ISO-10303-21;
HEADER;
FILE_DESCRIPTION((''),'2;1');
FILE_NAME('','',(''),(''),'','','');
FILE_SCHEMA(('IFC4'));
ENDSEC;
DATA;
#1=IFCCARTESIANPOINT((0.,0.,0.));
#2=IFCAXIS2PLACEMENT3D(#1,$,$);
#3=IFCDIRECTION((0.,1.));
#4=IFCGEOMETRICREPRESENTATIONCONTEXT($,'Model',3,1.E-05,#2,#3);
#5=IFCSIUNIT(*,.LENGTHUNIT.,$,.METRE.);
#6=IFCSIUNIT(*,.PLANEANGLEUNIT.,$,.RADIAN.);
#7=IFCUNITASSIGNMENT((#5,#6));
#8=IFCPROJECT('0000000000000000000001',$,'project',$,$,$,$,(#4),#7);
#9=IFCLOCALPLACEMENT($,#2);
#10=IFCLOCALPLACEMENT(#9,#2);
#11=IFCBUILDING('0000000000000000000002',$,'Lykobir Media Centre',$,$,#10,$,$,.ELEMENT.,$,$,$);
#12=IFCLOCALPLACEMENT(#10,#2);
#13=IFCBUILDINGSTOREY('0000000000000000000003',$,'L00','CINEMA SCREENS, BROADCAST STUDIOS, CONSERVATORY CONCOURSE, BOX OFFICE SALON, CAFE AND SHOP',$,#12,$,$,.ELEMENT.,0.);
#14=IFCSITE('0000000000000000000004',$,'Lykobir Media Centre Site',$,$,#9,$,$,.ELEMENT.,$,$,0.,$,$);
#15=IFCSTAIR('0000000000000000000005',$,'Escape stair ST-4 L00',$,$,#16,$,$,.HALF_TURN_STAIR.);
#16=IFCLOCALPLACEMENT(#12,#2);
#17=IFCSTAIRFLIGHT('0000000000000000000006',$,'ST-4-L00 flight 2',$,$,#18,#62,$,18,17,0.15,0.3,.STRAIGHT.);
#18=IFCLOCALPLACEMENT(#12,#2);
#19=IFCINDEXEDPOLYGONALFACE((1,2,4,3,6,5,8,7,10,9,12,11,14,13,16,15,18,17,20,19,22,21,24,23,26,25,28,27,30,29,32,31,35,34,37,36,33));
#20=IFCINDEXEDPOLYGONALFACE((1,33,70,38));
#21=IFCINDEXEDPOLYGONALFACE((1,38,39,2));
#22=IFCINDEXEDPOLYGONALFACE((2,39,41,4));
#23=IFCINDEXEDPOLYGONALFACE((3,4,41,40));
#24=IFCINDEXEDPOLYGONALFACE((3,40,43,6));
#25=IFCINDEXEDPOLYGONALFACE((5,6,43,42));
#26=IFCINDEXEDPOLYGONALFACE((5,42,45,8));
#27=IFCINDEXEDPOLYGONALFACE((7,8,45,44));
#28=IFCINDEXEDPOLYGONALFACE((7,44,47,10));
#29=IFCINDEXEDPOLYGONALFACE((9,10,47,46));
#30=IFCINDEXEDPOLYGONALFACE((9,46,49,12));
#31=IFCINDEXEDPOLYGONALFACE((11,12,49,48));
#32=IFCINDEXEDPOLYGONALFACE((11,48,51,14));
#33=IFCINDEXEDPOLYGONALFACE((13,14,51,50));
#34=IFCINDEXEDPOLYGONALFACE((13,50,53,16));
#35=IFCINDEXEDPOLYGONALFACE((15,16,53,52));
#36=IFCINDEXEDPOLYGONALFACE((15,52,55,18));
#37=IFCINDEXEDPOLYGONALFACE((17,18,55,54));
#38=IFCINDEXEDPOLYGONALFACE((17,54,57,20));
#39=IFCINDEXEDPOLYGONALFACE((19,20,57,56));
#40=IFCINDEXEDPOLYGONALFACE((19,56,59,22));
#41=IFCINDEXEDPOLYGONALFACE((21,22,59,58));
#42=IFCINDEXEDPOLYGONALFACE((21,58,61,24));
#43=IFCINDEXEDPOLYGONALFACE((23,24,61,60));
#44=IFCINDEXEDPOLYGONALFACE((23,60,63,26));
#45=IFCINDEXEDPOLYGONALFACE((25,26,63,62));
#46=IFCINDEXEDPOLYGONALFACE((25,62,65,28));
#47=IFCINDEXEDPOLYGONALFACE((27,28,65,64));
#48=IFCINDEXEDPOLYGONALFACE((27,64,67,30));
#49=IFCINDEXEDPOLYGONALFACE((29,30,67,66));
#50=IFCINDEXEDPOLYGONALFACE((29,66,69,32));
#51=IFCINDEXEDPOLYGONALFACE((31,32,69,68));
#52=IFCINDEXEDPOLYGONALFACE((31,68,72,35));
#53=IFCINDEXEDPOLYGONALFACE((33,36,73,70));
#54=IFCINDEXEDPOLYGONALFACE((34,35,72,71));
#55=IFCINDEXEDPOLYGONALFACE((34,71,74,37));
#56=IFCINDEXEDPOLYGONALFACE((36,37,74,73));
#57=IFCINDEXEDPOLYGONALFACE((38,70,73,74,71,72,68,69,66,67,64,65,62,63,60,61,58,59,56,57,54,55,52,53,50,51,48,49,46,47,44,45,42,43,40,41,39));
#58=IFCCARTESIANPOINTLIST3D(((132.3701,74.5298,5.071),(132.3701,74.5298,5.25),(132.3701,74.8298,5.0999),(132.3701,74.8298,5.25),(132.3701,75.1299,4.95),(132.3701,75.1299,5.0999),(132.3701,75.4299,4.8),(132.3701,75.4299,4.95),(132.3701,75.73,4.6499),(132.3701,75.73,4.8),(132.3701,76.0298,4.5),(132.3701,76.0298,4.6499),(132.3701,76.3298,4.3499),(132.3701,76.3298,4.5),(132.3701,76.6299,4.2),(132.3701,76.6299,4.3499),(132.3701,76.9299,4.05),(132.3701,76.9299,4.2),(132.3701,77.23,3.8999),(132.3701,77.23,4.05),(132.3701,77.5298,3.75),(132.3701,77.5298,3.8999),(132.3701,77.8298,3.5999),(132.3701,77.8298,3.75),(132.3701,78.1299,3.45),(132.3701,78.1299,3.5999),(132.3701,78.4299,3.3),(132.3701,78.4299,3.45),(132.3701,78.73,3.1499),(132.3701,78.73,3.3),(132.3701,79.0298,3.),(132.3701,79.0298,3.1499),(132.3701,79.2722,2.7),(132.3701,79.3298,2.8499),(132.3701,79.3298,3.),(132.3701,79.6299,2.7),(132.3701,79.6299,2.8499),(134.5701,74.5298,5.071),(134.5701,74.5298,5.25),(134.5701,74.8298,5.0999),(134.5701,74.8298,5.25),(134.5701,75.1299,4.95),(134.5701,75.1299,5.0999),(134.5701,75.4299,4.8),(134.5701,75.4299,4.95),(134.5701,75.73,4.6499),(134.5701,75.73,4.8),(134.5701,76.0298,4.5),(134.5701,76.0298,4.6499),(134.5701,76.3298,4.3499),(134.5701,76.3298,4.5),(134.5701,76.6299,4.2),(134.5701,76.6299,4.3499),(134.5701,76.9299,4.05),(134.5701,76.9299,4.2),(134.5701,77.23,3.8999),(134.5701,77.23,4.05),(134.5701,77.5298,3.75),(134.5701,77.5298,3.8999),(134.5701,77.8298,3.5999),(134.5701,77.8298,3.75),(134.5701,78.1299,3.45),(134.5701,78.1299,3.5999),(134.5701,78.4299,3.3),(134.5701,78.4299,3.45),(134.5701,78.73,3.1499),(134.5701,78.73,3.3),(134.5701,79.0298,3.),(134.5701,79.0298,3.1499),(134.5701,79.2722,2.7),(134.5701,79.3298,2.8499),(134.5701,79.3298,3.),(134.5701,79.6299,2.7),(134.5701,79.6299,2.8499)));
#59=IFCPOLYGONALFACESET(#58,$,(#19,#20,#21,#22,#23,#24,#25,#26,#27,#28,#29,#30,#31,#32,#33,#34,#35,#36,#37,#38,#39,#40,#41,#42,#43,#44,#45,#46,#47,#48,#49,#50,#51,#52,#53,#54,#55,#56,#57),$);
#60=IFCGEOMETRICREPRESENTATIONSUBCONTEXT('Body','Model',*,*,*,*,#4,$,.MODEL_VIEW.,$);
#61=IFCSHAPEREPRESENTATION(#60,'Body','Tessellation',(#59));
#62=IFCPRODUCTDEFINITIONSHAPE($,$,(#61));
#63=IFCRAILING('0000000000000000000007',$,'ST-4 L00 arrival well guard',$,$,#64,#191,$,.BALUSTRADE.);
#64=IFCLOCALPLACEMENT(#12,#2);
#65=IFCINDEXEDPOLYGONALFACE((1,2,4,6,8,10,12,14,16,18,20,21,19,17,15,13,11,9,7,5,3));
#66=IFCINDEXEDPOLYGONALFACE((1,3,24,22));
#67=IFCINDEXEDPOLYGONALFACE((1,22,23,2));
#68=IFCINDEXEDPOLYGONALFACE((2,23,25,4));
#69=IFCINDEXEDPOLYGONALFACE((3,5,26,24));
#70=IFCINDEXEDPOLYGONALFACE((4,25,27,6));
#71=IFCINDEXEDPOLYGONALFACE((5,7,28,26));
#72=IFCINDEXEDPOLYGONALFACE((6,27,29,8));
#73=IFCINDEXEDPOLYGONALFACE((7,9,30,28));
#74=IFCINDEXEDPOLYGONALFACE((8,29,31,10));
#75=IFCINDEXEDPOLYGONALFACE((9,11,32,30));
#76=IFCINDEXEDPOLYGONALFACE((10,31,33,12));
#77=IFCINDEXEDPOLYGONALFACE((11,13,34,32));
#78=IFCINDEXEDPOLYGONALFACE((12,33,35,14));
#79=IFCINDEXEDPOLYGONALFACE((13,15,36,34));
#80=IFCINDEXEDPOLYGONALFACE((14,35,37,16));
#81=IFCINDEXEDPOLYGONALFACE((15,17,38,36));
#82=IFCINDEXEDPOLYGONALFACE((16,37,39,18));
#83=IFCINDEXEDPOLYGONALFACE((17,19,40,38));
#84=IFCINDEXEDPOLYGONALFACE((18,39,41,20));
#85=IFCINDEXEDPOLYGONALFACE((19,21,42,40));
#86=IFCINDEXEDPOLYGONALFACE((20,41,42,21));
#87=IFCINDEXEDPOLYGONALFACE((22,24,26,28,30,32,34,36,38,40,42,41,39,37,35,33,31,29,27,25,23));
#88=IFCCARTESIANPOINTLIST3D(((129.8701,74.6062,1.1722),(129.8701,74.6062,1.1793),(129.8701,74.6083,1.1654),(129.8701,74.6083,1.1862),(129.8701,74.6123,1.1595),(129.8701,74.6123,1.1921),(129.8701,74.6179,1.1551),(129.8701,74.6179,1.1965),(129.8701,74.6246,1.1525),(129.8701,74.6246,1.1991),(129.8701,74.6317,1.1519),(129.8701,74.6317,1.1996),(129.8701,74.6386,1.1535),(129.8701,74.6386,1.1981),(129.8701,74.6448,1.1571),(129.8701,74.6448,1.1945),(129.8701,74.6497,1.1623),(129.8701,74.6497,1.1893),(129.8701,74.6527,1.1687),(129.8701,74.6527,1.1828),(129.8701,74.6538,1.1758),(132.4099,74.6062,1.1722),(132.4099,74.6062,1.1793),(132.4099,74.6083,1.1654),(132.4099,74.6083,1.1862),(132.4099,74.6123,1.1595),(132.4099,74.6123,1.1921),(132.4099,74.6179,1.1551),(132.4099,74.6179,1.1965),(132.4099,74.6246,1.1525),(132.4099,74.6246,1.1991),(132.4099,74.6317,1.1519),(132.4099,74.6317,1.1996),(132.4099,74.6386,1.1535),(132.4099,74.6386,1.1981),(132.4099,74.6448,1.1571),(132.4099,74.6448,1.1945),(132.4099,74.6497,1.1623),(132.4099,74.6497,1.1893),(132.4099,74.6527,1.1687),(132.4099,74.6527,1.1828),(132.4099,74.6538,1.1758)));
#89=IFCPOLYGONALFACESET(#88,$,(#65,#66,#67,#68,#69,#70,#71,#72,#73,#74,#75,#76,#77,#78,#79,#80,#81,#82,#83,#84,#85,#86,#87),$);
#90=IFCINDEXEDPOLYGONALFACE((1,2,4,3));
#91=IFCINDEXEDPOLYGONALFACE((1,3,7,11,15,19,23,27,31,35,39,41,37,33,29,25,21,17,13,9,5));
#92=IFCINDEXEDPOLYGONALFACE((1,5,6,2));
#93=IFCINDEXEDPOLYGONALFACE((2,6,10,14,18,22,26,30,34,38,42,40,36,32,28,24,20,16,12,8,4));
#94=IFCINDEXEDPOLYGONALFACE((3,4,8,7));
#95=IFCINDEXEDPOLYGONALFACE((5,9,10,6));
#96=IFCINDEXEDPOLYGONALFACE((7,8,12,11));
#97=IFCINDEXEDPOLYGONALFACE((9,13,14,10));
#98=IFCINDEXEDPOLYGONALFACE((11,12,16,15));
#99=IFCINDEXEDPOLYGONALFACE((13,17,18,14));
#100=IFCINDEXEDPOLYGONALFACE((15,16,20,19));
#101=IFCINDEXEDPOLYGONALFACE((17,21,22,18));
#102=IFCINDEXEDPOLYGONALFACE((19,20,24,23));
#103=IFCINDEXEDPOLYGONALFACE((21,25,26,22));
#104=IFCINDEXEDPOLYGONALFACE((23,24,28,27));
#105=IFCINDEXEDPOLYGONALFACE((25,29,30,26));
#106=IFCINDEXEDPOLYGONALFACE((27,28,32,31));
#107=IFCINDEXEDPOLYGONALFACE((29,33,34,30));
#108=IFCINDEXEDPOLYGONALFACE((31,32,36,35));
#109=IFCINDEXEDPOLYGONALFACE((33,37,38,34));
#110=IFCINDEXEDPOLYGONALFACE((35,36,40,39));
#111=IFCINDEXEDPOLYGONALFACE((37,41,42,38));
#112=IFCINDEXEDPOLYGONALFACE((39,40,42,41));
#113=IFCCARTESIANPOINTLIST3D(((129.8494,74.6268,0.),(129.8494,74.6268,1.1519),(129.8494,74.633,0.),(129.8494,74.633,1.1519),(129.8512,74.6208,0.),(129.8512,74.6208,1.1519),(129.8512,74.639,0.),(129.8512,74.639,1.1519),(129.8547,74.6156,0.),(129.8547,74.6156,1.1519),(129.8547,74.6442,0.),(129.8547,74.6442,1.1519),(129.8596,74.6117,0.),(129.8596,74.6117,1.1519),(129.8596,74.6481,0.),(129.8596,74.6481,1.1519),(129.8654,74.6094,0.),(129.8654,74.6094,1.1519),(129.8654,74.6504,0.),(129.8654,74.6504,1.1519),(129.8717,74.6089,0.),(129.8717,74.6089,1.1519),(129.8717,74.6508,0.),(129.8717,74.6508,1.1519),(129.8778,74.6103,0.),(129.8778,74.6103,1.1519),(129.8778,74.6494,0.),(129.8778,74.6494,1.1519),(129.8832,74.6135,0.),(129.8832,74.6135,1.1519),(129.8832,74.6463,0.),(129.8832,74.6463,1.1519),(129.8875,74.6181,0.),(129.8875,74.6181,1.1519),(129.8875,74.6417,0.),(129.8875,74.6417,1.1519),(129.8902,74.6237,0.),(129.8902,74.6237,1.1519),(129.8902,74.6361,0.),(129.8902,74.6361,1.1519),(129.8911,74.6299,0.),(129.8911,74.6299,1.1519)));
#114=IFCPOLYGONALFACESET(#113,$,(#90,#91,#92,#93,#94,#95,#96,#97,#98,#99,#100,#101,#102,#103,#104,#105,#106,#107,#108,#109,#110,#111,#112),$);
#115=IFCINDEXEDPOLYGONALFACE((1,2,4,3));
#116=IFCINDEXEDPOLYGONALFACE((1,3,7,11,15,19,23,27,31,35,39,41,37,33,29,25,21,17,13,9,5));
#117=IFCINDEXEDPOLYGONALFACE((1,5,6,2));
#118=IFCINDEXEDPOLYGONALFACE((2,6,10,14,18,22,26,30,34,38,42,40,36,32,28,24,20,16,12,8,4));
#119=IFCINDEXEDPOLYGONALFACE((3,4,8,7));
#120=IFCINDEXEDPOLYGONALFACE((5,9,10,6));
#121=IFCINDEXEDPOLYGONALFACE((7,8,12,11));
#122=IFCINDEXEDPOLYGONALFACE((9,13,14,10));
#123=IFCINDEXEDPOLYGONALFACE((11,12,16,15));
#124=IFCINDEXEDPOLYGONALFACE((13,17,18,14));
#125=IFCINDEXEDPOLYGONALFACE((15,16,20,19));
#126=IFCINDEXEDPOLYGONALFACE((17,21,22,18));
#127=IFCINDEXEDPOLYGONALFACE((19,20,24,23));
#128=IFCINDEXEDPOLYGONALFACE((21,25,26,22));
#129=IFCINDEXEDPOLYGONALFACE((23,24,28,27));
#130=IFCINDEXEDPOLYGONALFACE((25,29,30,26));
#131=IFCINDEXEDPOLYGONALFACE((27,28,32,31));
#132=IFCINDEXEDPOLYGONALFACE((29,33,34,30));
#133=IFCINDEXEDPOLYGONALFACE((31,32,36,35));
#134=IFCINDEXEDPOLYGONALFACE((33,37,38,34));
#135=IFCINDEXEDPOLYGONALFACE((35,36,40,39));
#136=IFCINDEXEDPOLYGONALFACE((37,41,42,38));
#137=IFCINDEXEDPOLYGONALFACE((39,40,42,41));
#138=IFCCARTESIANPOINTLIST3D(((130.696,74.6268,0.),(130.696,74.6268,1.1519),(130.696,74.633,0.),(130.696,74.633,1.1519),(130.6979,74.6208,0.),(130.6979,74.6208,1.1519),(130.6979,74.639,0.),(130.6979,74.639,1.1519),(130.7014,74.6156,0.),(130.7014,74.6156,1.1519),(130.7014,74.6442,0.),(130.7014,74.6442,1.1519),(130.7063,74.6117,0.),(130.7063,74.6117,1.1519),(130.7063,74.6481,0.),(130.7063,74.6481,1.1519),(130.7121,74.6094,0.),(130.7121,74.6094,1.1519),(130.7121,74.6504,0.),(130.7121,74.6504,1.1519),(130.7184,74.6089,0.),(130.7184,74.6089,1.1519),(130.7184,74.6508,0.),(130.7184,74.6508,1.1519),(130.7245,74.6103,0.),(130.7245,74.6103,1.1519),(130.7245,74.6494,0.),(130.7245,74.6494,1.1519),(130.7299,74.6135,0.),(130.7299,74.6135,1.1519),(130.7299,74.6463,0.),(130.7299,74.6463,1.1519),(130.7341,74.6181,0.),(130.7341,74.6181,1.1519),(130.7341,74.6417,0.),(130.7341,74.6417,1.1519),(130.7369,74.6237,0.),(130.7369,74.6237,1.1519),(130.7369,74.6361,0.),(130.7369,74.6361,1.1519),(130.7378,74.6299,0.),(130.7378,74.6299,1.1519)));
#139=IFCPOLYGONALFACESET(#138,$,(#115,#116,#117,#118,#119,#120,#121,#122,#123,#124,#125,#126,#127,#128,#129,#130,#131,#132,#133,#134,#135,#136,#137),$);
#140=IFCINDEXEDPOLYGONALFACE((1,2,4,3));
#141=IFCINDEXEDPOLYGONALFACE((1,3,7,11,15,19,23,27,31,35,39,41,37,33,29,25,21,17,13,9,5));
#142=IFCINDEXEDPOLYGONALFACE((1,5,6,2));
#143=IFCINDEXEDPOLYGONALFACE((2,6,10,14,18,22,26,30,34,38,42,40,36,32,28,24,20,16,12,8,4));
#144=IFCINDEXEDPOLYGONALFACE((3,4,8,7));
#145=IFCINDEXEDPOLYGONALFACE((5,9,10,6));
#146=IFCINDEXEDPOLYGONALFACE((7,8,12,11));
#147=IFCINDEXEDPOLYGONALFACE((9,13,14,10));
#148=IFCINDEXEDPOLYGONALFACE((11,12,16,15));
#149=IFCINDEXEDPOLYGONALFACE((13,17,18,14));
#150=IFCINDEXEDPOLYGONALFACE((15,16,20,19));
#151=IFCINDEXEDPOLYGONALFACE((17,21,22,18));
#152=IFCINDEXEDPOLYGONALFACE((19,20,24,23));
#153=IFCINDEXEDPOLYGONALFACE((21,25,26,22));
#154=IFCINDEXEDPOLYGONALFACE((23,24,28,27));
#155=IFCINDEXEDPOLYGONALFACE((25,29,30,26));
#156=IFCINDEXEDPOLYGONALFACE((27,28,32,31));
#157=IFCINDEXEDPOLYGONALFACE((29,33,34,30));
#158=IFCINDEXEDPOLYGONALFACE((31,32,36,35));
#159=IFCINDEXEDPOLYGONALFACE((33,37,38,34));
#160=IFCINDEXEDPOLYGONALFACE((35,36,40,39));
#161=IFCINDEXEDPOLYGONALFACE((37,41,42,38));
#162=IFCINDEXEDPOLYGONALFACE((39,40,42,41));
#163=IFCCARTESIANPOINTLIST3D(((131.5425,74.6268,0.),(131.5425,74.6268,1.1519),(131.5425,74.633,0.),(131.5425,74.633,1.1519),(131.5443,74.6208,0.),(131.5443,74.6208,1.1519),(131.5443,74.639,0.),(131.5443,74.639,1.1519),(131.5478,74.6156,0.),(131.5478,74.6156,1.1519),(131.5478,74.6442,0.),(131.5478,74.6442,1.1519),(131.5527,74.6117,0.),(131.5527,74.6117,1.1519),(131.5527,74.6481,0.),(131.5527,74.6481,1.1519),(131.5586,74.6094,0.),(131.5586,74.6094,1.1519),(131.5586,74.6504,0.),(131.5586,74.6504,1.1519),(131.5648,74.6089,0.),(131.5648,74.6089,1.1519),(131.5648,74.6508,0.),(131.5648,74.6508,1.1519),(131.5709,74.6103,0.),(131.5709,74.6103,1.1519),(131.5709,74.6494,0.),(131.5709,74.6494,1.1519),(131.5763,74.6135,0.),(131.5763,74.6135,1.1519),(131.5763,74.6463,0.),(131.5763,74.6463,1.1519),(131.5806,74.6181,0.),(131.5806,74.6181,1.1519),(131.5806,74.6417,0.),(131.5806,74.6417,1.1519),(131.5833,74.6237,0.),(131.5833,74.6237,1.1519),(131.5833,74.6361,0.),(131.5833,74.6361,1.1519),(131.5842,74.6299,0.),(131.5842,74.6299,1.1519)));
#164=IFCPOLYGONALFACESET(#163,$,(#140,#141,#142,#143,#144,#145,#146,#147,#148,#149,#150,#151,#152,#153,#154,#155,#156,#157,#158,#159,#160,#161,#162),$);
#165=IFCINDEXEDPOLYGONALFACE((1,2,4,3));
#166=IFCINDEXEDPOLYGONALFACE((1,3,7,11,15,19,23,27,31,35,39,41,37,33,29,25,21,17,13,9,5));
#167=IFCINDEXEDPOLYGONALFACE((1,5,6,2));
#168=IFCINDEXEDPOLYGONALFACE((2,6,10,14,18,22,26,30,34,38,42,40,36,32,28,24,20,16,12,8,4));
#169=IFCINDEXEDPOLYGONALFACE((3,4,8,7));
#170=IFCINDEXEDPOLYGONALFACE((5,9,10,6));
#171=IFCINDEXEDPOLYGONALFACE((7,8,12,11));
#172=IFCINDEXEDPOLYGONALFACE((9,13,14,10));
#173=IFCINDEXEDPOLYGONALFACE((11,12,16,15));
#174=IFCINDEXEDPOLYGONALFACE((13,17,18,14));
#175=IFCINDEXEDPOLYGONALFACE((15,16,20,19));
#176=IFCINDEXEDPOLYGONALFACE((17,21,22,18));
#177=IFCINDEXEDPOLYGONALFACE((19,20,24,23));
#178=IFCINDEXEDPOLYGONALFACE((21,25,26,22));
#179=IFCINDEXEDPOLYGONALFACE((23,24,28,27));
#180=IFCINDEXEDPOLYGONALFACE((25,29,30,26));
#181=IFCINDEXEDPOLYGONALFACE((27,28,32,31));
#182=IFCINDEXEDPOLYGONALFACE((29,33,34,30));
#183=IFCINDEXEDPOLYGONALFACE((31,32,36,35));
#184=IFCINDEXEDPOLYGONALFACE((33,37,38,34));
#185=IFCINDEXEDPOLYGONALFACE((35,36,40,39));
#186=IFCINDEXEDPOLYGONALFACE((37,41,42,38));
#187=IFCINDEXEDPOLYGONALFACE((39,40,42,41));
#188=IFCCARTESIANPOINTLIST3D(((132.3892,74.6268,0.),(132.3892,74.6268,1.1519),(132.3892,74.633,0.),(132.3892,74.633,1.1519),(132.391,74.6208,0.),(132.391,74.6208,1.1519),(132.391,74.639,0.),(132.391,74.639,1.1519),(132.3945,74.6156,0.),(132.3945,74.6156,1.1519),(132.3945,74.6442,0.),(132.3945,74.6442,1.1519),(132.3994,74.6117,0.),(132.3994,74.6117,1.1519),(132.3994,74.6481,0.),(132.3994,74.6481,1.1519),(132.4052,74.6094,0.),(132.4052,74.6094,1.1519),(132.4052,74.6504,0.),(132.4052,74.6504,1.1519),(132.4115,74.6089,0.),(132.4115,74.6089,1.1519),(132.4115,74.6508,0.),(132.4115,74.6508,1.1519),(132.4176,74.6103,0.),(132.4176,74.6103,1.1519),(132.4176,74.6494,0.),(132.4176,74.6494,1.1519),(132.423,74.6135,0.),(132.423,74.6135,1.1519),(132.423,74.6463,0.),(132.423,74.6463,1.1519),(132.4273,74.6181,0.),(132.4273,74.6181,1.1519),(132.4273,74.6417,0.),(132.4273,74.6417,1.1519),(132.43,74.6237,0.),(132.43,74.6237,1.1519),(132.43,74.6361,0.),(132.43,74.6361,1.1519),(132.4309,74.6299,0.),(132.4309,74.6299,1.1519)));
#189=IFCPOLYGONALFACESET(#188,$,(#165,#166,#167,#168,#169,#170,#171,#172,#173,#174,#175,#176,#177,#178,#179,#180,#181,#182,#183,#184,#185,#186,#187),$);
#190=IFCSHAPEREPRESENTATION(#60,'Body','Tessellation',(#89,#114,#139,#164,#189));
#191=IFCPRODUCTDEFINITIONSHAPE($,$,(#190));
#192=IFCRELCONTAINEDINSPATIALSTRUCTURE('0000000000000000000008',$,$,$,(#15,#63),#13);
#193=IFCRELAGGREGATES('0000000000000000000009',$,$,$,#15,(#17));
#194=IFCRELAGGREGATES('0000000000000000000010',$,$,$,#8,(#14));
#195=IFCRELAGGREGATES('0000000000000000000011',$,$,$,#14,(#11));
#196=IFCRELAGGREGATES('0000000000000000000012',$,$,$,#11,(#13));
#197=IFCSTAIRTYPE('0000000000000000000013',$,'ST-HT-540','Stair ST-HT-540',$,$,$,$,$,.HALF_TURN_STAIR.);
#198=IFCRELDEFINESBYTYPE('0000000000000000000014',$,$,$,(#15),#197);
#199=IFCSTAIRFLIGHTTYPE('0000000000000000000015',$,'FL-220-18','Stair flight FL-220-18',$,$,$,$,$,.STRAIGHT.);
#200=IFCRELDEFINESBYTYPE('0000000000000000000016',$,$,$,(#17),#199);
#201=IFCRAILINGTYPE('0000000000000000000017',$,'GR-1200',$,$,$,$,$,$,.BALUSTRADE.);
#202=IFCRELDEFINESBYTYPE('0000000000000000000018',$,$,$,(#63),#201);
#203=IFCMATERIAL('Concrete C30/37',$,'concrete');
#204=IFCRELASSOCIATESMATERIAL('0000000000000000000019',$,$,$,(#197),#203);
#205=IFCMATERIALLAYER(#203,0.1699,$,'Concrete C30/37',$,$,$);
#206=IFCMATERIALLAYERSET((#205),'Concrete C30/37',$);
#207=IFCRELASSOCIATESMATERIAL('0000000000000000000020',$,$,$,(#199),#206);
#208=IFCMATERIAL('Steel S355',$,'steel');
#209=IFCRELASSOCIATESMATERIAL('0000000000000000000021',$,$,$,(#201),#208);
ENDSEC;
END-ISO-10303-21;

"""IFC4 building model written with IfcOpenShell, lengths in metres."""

from ifc_helpers import new_model, si_unit, direction, frame, origin, origin_2d, place, context, subcontext, project, spatial, polyline, circle, outline, extrude, material, layer, layer_set, type_object, element, aggregate, save


model = new_model("IFC4")

# Units and contexts
model_context = context("Model", 3, precision=1e-05, world=origin(), true_north=direction((0.0, 1.0)))
body_context = subcontext(model_context, "Body", "Model", "MODEL_VIEW")
ifc_project = project(units=[si_unit("LENGTHUNIT", "METRE"), si_unit("PLANEANGLEUNIT", "RADIAN")], contexts=[model_context])

# Site, building, storey
site_placement = place(None, origin())
site = spatial("IfcSite", under=ifc_project, at=site_placement, Name="Lykobir Media Centre Site", CompositionType="ELEMENT", RefElevation=0.0)
building_placement = place(site_placement, origin())
building = spatial("IfcBuilding", under=site, at=building_placement, Name="Lykobir Media Centre", CompositionType="ELEMENT")
storey_placement = place(building_placement, origin())
storey = spatial("IfcBuildingStorey", under=building, at=storey_placement, Name="L00", Description="CINEMA SCREENS, BROADCAST STUDIOS, CONSERVATORY CONCOURSE, BOX OFFICE SALON, CAFE AND SHOP", CompositionType="ELEMENT", Elevation=0.0)

# Shared definitions
ifc_material_1 = material(Name="Steel S355", Category="steel")

# Shared definitions
ifc_material_2 = material(Name="Concrete C30/37", Category="concrete")

# Stair, stair flight
stair_type = type_object("IfcStairType", Name="ST-HT-540", Description="Stair ST-HT-540", PredefinedType="HALF_TURN_STAIR", material=ifc_material_2)
stair_placement = place(storey_placement, origin())
stair = element("IfcStair", 1, at=stair_placement, inside=storey, type_object=stair_type, Name="Escape stair ST-4 L00", PredefinedType="HALF_TURN_STAIR")
ifc_layer_1 = layer(ifc_material_2, 0.1699, Name="Concrete C30/37")
ifc_layer_set_1 = layer_set([ifc_layer_1], Name="Concrete C30/37")
stair_flight_type = type_object("IfcStairFlightType", Name="FL-220-18", Description="Stair flight FL-220-18", PredefinedType="STRAIGHT", material=ifc_layer_set_1)
stair_flight_placement = place(storey_placement, frame((133.47, 79.6299, 2.7), z_axis=(0.0, 0.0, 1.0), x_axis=(0.0, -1.0, 0.0)))
stair_flight = element("IfcStairFlight", 2, at=stair_flight_placement, type_object=stair_flight_type, Name="ST-4-L00 flight 2", NumberOfRisers=18, NumberOfTreads=17, PredefinedType="STRAIGHT", RiserHeight=0.15, TreadLength=0.3, context=body_context, shape_type="SweptSolid", body=[
    extrude(outline(polyline([(0.0, 0.0), (0.0, 0.1499), (0.3, 0.1499), (0.3, 0.3), (0.6001, 0.3), (0.6001, 0.45), (0.8999, 0.45), (0.8999, 0.6001), (1.2, 0.6001), (1.2, 0.75), (1.5, 0.75), (1.5, 0.8999), (1.8, 0.8999), (1.8, 1.05), (2.1001, 1.05), (2.1001, 1.2), (2.3999, 1.2), (2.3999, 1.3501), (2.7, 1.3501), (2.7, 1.5), (3.0, 1.5), (3.0, 1.6499), (3.3, 1.6499), (3.3, 1.8), (3.6001, 1.8), (3.6001, 1.95), (3.8999, 1.95), (3.8999, 2.1001), (4.2, 2.1001), (4.2, 2.25), (4.5, 2.25), (4.5, 2.3999), (4.8, 2.3999), (4.8, 2.55), (5.1001, 2.55), (5.1001, 2.7), (5.1001, 2.3711), (0.3577, 0.0), (0.0, 0.0)])), frame((0.0, 1.1001, 0.0), z_axis=(0.0, -1.0, 0.0), x_axis=(1.0, 0.0, 0.0)), (0.0, 0.0, 1.0), 2.2),
])
aggregate(stair, [stair_flight])

# Railing
railing_type_1 = type_object("IfcRailingType", Name="GR-1200", PredefinedType="BALUSTRADE", material=ifc_material_1)
railing_1_placement = place(storey_placement, frame((129.8701, 74.6299, 0.0)))
element("IfcRailing", 3, at=railing_1_placement, inside=storey, type_object=railing_type_1, Name="ST-4 L00 arrival well guard", PredefinedType="BALUSTRADE", context=body_context, shape_type="SweptSolid", body=[
    extrude(circle(Radius=0.0239, at=origin_2d()), frame((0.0, 0.0, 1.1758), z_axis=(1.0, 0.0, 0.0), x_axis=(0.0, 1.0, 0.0)), (0.0, 0.0, 1.0), 2.5398),
    extrude(circle(Radius=0.021, at=origin_2d()), origin(), (0.0, 0.0, 1.0), 1.1519),
    extrude(circle(Radius=0.021, at=origin_2d()), frame((0.8467, 0.0, 0.0)), (0.0, 0.0, 1.0), 1.1519),
    extrude(circle(Radius=0.021, at=origin_2d()), frame((1.6931, 0.0, 0.0)), (0.0, 0.0, 1.0), 1.1519),
    extrude(circle(Radius=0.021, at=origin_2d()), frame((2.5398, 0.0, 0.0)), (0.0, 0.0, 1.0), 1.1519),
])

save(model, "model.ifc")
